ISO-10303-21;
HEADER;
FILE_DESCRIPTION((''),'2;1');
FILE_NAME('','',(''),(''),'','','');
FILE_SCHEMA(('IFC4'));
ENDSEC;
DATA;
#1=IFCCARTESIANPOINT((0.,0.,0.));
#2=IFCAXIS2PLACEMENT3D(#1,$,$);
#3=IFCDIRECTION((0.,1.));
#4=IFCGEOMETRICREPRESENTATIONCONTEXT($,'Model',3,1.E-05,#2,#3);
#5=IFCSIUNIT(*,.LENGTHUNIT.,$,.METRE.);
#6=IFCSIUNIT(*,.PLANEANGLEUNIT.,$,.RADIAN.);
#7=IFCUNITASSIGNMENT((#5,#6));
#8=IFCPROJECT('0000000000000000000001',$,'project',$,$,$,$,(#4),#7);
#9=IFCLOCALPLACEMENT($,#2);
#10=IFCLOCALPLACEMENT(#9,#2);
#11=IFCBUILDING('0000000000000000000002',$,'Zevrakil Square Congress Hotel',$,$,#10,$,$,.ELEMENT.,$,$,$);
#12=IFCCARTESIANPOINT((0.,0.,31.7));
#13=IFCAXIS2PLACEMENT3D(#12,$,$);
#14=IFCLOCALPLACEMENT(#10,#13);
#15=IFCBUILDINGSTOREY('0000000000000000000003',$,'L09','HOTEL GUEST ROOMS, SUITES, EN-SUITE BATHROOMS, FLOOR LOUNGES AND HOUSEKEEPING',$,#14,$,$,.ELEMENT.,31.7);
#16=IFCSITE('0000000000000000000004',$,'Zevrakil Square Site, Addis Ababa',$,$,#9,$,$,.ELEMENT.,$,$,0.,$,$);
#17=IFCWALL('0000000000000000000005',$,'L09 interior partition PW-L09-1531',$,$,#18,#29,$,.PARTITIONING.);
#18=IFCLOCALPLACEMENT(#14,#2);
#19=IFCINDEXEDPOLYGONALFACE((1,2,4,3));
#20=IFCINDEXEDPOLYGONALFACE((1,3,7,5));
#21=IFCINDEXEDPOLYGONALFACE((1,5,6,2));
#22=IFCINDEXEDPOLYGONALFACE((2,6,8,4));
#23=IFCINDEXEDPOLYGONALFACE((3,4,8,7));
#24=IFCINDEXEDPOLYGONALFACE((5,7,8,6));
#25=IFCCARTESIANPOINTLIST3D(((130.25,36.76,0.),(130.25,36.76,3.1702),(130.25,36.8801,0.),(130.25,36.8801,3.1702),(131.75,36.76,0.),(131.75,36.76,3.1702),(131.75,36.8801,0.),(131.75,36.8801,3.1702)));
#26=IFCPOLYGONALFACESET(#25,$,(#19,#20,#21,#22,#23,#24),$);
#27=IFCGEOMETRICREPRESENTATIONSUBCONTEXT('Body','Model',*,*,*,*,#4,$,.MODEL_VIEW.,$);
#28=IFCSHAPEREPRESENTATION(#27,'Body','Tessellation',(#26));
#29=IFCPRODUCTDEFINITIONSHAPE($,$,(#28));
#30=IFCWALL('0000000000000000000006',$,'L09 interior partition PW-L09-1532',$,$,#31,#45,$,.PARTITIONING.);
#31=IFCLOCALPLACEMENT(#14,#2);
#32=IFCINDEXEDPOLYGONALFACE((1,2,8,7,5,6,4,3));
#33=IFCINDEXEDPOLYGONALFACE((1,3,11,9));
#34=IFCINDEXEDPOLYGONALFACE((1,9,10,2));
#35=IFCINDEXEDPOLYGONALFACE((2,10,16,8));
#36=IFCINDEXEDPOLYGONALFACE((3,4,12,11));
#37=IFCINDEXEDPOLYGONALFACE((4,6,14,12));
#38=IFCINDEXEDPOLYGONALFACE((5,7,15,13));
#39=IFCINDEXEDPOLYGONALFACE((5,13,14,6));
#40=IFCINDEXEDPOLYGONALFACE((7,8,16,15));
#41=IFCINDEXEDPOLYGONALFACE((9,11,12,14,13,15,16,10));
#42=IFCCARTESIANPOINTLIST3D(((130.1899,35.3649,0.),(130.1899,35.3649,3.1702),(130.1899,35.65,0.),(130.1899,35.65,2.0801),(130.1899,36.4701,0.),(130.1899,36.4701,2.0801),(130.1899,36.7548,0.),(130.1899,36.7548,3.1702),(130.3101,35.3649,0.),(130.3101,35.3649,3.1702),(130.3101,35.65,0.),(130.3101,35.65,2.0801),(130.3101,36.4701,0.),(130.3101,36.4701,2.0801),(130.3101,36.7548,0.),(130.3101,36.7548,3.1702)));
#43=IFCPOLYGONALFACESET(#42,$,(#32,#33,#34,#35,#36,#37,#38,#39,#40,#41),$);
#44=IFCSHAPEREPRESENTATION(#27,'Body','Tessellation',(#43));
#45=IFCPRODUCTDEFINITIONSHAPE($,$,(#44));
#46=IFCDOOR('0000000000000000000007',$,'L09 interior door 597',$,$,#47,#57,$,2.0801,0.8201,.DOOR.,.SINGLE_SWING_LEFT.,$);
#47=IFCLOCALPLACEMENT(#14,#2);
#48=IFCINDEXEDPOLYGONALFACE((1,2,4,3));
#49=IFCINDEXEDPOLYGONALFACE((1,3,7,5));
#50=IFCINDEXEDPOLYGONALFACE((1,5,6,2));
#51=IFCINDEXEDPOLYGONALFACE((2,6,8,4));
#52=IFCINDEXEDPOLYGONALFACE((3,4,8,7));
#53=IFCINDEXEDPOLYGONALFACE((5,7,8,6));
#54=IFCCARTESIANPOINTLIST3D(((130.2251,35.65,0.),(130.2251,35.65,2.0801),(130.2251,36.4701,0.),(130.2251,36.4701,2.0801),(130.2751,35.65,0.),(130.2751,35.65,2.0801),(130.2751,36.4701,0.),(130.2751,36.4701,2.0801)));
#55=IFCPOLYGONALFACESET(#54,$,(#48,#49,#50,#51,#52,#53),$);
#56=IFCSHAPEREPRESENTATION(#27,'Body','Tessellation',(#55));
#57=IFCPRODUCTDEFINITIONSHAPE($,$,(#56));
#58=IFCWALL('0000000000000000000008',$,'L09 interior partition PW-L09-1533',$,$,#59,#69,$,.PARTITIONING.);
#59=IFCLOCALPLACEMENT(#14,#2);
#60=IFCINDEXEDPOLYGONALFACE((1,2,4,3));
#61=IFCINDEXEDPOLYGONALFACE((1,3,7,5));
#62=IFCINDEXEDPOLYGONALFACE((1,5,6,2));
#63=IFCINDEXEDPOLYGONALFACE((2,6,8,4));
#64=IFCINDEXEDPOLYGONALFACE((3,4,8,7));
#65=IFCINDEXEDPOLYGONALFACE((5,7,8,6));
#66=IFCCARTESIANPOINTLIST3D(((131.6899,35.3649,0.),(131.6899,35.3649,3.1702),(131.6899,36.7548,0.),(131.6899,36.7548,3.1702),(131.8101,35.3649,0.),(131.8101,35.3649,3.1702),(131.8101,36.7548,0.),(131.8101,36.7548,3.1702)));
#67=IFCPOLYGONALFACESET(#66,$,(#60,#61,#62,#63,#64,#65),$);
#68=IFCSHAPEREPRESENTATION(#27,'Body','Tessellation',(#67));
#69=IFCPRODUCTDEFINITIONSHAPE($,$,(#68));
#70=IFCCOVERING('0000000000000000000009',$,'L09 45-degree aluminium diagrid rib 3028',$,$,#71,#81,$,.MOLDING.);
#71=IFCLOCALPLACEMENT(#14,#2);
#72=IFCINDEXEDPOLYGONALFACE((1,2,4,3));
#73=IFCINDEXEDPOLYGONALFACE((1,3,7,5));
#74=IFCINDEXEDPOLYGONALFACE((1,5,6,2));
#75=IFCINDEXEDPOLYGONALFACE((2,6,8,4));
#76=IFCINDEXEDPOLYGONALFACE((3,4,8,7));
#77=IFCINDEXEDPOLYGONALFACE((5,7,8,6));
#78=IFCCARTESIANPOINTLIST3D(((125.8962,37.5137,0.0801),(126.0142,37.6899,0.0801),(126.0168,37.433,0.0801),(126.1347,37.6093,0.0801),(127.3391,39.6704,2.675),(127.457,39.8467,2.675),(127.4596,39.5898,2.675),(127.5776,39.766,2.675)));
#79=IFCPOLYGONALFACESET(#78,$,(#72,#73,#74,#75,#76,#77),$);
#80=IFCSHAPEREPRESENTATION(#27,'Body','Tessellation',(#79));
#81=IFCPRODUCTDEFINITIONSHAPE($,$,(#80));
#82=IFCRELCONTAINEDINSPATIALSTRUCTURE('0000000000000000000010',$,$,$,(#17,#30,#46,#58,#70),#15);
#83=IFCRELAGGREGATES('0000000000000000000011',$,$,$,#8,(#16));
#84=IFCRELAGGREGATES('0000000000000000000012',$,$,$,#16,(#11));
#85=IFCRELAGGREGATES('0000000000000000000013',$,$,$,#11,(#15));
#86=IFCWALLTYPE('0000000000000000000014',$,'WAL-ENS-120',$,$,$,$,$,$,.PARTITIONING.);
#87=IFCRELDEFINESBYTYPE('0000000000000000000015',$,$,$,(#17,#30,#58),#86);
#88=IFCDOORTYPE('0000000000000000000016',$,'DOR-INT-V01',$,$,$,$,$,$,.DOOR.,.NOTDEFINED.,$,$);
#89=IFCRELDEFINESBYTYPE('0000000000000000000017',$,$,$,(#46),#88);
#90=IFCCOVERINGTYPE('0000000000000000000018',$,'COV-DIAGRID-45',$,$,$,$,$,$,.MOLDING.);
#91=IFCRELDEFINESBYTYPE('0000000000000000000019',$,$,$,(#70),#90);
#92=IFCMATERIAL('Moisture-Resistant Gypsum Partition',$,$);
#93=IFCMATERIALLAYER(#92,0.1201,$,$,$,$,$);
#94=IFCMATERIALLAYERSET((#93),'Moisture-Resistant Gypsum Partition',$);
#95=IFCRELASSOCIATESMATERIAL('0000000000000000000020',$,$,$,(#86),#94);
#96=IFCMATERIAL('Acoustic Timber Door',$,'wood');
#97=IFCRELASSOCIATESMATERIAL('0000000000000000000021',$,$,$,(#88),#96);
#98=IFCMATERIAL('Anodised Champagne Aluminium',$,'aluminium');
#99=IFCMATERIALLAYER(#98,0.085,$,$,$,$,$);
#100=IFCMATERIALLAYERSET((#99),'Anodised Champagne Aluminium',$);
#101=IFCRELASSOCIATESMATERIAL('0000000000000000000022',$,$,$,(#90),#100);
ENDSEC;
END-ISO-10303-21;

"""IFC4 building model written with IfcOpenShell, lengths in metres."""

from ifc_helpers import new_model, si_unit, direction, frame, frame_2d, origin, place, context, subcontext, project, spatial, polyline, rectangle, outline, extrude, material, layer, layer_set, type_object, element, fill, save


model = new_model("IFC4")

# Units and contexts
model_context = context("Model", 3, precision=1e-05, world=origin(), true_north=direction((0.0, 1.0)))
body_context = subcontext(model_context, "Body", "Model", "MODEL_VIEW")
ifc_project = project(units=[si_unit("LENGTHUNIT", "METRE"), si_unit("PLANEANGLEUNIT", "RADIAN")], contexts=[model_context])

# Site, building, storey
site_placement = place(None, origin())
site = spatial("IfcSite", under=ifc_project, at=site_placement, Name="Zevrakil Square Site, Addis Ababa", CompositionType="ELEMENT", RefElevation=0.0)
building_placement = place(site_placement, origin())
building = spatial("IfcBuilding", under=site, at=building_placement, Name="Zevrakil Square Congress Hotel", CompositionType="ELEMENT")
storey_placement = place(building_placement, frame((0.0, 0.0, 31.7)))
storey = spatial("IfcBuildingStorey", under=building, at=storey_placement, Name="L09", Description="HOTEL GUEST ROOMS, SUITES, EN-SUITE BATHROOMS, FLOOR LOUNGES AND HOUSEKEEPING", CompositionType="ELEMENT", Elevation=31.7)

# Shared definitions
ifc_material_1 = material(Name="Moisture-Resistant Gypsum Partition")
ifc_layer_1 = layer(ifc_material_1, 0.1201)
ifc_layer_set_1 = layer_set([ifc_layer_1], Name="Moisture-Resistant Gypsum Partition")
wall_type_1 = type_object("IfcWallType", Name="WAL-ENS-120", PredefinedType="PARTITIONING", material=ifc_layer_set_1)

# Shared definitions
ifc_material_2 = material(Name="Acoustic Timber Door", Category="wood")
door_type_1 = type_object("IfcDoorType", Name="DOR-INT-V01", OperationType="NOTDEFINED", PredefinedType="DOOR", material=ifc_material_2)

# Wall
for number, where, z_axis, x_axis, name in (
    (1, (130.25, 36.8201, 0.0), (0.0, 0.0, 1.0), (1.0, 0.0, 0.0), "L09 interior partition PW-L09-1531"),
):
    element("IfcWall", number, at=place(storey_placement, frame(where, z_axis=z_axis, x_axis=x_axis)), inside=storey, type_object=wall_type_1, Name=name, PredefinedType="PARTITIONING", context=body_context, shape_type="SweptSolid", body=[
        extrude(rectangle(XDim=1.5, YDim=0.1201, at=frame_2d((0.75, 0.0))), origin(), (0.0, 0.0, 1.0), 3.1702),
    ])

# Wall, opening, door
wall_1_placement = place(storey_placement, frame((130.25, 35.365, 0.0), z_axis=(0.0, 0.0, 1.0), x_axis=(0.0, 1.0, 0.0)))
wall_1 = element("IfcWall", 2, at=wall_1_placement, inside=storey, type_object=wall_type_1, Name="L09 interior partition PW-L09-1532", PredefinedType="PARTITIONING", context=body_context, shape_type="SweptSolid", body=[
    extrude(rectangle(XDim=1.3899, YDim=0.1201, at=frame_2d((0.6948, 0.0))), origin(), (0.0, 0.0, 1.0), 3.1702),
])
opening_1_placement = place(wall_1_placement, frame((0.2849, 0.0, 0.0)))
opening_1 = element("IfcOpeningElement", 3, at=opening_1_placement, cuts=wall_1, PredefinedType="OPENING", context=body_context, shape_type="SweptSolid", body=[
    extrude(rectangle(XDim=0.8201, YDim=2.0801, at=frame_2d((0.4102, 1.04))), frame((0.0, 0.0701, 0.0), z_axis=(0.0, -1.0, 0.0), x_axis=(1.0, 0.0, 0.0)), (0.0, 0.0, 1.0), 0.1401),
])
door_1_placement = place(opening_1_placement, origin())
door_1 = element("IfcDoor", 4, at=door_1_placement, inside=storey, type_object=door_type_1, Name="L09 interior door 597", OperationType="SINGLE_SWING_LEFT", OverallHeight=2.0801, OverallWidth=0.8201, PredefinedType="DOOR", context=body_context, shape_type="SweptSolid", body=[
    extrude(rectangle(XDim=0.8201, YDim=2.0801, at=frame_2d((0.4102, 1.04))), frame((0.0, 0.0249, 0.0), z_axis=(0.0, -1.0, 0.0), x_axis=(1.0, 0.0, 0.0)), (0.0, 0.0, 1.0), 0.05),
])
fill(opening_1, door_1)

# Wall
wall_2_placement = place(storey_placement, frame((131.75, 35.365, 0.0), z_axis=(0.0, 0.0, 1.0), x_axis=(0.0, 1.0, 0.0)))
element("IfcWall", 5, at=wall_2_placement, inside=storey, type_object=wall_type_1, Name="L09 interior partition PW-L09-1533", PredefinedType="PARTITIONING", context=body_context, shape_type="SweptSolid", body=[
    extrude(rectangle(XDim=1.3899, YDim=0.1201, at=frame_2d((0.6948, 0.0))), origin(), (0.0, 0.0, 1.0), 3.1702),
])

# Covering
ifc_material_3 = material(Name="Anodised Champagne Aluminium", Category="aluminium")
ifc_layer_2 = layer(ifc_material_3, 0.085)
ifc_layer_set_2 = layer_set([ifc_layer_2], Name="Anodised Champagne Aluminium")
covering_type = type_object("IfcCoveringType", Name="COV-DIAGRID-45", PredefinedType="MOLDING", material=ifc_layer_set_2)
covering_placement = place(storey_placement, frame((127.457, 39.8467, 2.675), z_axis=(-0.831164, 0.556028, 0.000021), x_axis=(-0.556028, -0.831164, 0.0)))
element("IfcCovering", 6, at=covering_placement, inside=storey, type_object=covering_type, Name="L09 45-degree aluminium diagrid rib 3028", PredefinedType="MOLDING", context=body_context, shape_type="SweptSolid", body=[
    extrude(outline(polyline([(0.0, 0.0), (0.2121, 0.0), (2.807, -2.595), (2.5949, -2.595), (0.0, 0.0)])), origin(), (0.0, 0.0, -1.0), 0.145),
])

save(model, "model.ifc")
